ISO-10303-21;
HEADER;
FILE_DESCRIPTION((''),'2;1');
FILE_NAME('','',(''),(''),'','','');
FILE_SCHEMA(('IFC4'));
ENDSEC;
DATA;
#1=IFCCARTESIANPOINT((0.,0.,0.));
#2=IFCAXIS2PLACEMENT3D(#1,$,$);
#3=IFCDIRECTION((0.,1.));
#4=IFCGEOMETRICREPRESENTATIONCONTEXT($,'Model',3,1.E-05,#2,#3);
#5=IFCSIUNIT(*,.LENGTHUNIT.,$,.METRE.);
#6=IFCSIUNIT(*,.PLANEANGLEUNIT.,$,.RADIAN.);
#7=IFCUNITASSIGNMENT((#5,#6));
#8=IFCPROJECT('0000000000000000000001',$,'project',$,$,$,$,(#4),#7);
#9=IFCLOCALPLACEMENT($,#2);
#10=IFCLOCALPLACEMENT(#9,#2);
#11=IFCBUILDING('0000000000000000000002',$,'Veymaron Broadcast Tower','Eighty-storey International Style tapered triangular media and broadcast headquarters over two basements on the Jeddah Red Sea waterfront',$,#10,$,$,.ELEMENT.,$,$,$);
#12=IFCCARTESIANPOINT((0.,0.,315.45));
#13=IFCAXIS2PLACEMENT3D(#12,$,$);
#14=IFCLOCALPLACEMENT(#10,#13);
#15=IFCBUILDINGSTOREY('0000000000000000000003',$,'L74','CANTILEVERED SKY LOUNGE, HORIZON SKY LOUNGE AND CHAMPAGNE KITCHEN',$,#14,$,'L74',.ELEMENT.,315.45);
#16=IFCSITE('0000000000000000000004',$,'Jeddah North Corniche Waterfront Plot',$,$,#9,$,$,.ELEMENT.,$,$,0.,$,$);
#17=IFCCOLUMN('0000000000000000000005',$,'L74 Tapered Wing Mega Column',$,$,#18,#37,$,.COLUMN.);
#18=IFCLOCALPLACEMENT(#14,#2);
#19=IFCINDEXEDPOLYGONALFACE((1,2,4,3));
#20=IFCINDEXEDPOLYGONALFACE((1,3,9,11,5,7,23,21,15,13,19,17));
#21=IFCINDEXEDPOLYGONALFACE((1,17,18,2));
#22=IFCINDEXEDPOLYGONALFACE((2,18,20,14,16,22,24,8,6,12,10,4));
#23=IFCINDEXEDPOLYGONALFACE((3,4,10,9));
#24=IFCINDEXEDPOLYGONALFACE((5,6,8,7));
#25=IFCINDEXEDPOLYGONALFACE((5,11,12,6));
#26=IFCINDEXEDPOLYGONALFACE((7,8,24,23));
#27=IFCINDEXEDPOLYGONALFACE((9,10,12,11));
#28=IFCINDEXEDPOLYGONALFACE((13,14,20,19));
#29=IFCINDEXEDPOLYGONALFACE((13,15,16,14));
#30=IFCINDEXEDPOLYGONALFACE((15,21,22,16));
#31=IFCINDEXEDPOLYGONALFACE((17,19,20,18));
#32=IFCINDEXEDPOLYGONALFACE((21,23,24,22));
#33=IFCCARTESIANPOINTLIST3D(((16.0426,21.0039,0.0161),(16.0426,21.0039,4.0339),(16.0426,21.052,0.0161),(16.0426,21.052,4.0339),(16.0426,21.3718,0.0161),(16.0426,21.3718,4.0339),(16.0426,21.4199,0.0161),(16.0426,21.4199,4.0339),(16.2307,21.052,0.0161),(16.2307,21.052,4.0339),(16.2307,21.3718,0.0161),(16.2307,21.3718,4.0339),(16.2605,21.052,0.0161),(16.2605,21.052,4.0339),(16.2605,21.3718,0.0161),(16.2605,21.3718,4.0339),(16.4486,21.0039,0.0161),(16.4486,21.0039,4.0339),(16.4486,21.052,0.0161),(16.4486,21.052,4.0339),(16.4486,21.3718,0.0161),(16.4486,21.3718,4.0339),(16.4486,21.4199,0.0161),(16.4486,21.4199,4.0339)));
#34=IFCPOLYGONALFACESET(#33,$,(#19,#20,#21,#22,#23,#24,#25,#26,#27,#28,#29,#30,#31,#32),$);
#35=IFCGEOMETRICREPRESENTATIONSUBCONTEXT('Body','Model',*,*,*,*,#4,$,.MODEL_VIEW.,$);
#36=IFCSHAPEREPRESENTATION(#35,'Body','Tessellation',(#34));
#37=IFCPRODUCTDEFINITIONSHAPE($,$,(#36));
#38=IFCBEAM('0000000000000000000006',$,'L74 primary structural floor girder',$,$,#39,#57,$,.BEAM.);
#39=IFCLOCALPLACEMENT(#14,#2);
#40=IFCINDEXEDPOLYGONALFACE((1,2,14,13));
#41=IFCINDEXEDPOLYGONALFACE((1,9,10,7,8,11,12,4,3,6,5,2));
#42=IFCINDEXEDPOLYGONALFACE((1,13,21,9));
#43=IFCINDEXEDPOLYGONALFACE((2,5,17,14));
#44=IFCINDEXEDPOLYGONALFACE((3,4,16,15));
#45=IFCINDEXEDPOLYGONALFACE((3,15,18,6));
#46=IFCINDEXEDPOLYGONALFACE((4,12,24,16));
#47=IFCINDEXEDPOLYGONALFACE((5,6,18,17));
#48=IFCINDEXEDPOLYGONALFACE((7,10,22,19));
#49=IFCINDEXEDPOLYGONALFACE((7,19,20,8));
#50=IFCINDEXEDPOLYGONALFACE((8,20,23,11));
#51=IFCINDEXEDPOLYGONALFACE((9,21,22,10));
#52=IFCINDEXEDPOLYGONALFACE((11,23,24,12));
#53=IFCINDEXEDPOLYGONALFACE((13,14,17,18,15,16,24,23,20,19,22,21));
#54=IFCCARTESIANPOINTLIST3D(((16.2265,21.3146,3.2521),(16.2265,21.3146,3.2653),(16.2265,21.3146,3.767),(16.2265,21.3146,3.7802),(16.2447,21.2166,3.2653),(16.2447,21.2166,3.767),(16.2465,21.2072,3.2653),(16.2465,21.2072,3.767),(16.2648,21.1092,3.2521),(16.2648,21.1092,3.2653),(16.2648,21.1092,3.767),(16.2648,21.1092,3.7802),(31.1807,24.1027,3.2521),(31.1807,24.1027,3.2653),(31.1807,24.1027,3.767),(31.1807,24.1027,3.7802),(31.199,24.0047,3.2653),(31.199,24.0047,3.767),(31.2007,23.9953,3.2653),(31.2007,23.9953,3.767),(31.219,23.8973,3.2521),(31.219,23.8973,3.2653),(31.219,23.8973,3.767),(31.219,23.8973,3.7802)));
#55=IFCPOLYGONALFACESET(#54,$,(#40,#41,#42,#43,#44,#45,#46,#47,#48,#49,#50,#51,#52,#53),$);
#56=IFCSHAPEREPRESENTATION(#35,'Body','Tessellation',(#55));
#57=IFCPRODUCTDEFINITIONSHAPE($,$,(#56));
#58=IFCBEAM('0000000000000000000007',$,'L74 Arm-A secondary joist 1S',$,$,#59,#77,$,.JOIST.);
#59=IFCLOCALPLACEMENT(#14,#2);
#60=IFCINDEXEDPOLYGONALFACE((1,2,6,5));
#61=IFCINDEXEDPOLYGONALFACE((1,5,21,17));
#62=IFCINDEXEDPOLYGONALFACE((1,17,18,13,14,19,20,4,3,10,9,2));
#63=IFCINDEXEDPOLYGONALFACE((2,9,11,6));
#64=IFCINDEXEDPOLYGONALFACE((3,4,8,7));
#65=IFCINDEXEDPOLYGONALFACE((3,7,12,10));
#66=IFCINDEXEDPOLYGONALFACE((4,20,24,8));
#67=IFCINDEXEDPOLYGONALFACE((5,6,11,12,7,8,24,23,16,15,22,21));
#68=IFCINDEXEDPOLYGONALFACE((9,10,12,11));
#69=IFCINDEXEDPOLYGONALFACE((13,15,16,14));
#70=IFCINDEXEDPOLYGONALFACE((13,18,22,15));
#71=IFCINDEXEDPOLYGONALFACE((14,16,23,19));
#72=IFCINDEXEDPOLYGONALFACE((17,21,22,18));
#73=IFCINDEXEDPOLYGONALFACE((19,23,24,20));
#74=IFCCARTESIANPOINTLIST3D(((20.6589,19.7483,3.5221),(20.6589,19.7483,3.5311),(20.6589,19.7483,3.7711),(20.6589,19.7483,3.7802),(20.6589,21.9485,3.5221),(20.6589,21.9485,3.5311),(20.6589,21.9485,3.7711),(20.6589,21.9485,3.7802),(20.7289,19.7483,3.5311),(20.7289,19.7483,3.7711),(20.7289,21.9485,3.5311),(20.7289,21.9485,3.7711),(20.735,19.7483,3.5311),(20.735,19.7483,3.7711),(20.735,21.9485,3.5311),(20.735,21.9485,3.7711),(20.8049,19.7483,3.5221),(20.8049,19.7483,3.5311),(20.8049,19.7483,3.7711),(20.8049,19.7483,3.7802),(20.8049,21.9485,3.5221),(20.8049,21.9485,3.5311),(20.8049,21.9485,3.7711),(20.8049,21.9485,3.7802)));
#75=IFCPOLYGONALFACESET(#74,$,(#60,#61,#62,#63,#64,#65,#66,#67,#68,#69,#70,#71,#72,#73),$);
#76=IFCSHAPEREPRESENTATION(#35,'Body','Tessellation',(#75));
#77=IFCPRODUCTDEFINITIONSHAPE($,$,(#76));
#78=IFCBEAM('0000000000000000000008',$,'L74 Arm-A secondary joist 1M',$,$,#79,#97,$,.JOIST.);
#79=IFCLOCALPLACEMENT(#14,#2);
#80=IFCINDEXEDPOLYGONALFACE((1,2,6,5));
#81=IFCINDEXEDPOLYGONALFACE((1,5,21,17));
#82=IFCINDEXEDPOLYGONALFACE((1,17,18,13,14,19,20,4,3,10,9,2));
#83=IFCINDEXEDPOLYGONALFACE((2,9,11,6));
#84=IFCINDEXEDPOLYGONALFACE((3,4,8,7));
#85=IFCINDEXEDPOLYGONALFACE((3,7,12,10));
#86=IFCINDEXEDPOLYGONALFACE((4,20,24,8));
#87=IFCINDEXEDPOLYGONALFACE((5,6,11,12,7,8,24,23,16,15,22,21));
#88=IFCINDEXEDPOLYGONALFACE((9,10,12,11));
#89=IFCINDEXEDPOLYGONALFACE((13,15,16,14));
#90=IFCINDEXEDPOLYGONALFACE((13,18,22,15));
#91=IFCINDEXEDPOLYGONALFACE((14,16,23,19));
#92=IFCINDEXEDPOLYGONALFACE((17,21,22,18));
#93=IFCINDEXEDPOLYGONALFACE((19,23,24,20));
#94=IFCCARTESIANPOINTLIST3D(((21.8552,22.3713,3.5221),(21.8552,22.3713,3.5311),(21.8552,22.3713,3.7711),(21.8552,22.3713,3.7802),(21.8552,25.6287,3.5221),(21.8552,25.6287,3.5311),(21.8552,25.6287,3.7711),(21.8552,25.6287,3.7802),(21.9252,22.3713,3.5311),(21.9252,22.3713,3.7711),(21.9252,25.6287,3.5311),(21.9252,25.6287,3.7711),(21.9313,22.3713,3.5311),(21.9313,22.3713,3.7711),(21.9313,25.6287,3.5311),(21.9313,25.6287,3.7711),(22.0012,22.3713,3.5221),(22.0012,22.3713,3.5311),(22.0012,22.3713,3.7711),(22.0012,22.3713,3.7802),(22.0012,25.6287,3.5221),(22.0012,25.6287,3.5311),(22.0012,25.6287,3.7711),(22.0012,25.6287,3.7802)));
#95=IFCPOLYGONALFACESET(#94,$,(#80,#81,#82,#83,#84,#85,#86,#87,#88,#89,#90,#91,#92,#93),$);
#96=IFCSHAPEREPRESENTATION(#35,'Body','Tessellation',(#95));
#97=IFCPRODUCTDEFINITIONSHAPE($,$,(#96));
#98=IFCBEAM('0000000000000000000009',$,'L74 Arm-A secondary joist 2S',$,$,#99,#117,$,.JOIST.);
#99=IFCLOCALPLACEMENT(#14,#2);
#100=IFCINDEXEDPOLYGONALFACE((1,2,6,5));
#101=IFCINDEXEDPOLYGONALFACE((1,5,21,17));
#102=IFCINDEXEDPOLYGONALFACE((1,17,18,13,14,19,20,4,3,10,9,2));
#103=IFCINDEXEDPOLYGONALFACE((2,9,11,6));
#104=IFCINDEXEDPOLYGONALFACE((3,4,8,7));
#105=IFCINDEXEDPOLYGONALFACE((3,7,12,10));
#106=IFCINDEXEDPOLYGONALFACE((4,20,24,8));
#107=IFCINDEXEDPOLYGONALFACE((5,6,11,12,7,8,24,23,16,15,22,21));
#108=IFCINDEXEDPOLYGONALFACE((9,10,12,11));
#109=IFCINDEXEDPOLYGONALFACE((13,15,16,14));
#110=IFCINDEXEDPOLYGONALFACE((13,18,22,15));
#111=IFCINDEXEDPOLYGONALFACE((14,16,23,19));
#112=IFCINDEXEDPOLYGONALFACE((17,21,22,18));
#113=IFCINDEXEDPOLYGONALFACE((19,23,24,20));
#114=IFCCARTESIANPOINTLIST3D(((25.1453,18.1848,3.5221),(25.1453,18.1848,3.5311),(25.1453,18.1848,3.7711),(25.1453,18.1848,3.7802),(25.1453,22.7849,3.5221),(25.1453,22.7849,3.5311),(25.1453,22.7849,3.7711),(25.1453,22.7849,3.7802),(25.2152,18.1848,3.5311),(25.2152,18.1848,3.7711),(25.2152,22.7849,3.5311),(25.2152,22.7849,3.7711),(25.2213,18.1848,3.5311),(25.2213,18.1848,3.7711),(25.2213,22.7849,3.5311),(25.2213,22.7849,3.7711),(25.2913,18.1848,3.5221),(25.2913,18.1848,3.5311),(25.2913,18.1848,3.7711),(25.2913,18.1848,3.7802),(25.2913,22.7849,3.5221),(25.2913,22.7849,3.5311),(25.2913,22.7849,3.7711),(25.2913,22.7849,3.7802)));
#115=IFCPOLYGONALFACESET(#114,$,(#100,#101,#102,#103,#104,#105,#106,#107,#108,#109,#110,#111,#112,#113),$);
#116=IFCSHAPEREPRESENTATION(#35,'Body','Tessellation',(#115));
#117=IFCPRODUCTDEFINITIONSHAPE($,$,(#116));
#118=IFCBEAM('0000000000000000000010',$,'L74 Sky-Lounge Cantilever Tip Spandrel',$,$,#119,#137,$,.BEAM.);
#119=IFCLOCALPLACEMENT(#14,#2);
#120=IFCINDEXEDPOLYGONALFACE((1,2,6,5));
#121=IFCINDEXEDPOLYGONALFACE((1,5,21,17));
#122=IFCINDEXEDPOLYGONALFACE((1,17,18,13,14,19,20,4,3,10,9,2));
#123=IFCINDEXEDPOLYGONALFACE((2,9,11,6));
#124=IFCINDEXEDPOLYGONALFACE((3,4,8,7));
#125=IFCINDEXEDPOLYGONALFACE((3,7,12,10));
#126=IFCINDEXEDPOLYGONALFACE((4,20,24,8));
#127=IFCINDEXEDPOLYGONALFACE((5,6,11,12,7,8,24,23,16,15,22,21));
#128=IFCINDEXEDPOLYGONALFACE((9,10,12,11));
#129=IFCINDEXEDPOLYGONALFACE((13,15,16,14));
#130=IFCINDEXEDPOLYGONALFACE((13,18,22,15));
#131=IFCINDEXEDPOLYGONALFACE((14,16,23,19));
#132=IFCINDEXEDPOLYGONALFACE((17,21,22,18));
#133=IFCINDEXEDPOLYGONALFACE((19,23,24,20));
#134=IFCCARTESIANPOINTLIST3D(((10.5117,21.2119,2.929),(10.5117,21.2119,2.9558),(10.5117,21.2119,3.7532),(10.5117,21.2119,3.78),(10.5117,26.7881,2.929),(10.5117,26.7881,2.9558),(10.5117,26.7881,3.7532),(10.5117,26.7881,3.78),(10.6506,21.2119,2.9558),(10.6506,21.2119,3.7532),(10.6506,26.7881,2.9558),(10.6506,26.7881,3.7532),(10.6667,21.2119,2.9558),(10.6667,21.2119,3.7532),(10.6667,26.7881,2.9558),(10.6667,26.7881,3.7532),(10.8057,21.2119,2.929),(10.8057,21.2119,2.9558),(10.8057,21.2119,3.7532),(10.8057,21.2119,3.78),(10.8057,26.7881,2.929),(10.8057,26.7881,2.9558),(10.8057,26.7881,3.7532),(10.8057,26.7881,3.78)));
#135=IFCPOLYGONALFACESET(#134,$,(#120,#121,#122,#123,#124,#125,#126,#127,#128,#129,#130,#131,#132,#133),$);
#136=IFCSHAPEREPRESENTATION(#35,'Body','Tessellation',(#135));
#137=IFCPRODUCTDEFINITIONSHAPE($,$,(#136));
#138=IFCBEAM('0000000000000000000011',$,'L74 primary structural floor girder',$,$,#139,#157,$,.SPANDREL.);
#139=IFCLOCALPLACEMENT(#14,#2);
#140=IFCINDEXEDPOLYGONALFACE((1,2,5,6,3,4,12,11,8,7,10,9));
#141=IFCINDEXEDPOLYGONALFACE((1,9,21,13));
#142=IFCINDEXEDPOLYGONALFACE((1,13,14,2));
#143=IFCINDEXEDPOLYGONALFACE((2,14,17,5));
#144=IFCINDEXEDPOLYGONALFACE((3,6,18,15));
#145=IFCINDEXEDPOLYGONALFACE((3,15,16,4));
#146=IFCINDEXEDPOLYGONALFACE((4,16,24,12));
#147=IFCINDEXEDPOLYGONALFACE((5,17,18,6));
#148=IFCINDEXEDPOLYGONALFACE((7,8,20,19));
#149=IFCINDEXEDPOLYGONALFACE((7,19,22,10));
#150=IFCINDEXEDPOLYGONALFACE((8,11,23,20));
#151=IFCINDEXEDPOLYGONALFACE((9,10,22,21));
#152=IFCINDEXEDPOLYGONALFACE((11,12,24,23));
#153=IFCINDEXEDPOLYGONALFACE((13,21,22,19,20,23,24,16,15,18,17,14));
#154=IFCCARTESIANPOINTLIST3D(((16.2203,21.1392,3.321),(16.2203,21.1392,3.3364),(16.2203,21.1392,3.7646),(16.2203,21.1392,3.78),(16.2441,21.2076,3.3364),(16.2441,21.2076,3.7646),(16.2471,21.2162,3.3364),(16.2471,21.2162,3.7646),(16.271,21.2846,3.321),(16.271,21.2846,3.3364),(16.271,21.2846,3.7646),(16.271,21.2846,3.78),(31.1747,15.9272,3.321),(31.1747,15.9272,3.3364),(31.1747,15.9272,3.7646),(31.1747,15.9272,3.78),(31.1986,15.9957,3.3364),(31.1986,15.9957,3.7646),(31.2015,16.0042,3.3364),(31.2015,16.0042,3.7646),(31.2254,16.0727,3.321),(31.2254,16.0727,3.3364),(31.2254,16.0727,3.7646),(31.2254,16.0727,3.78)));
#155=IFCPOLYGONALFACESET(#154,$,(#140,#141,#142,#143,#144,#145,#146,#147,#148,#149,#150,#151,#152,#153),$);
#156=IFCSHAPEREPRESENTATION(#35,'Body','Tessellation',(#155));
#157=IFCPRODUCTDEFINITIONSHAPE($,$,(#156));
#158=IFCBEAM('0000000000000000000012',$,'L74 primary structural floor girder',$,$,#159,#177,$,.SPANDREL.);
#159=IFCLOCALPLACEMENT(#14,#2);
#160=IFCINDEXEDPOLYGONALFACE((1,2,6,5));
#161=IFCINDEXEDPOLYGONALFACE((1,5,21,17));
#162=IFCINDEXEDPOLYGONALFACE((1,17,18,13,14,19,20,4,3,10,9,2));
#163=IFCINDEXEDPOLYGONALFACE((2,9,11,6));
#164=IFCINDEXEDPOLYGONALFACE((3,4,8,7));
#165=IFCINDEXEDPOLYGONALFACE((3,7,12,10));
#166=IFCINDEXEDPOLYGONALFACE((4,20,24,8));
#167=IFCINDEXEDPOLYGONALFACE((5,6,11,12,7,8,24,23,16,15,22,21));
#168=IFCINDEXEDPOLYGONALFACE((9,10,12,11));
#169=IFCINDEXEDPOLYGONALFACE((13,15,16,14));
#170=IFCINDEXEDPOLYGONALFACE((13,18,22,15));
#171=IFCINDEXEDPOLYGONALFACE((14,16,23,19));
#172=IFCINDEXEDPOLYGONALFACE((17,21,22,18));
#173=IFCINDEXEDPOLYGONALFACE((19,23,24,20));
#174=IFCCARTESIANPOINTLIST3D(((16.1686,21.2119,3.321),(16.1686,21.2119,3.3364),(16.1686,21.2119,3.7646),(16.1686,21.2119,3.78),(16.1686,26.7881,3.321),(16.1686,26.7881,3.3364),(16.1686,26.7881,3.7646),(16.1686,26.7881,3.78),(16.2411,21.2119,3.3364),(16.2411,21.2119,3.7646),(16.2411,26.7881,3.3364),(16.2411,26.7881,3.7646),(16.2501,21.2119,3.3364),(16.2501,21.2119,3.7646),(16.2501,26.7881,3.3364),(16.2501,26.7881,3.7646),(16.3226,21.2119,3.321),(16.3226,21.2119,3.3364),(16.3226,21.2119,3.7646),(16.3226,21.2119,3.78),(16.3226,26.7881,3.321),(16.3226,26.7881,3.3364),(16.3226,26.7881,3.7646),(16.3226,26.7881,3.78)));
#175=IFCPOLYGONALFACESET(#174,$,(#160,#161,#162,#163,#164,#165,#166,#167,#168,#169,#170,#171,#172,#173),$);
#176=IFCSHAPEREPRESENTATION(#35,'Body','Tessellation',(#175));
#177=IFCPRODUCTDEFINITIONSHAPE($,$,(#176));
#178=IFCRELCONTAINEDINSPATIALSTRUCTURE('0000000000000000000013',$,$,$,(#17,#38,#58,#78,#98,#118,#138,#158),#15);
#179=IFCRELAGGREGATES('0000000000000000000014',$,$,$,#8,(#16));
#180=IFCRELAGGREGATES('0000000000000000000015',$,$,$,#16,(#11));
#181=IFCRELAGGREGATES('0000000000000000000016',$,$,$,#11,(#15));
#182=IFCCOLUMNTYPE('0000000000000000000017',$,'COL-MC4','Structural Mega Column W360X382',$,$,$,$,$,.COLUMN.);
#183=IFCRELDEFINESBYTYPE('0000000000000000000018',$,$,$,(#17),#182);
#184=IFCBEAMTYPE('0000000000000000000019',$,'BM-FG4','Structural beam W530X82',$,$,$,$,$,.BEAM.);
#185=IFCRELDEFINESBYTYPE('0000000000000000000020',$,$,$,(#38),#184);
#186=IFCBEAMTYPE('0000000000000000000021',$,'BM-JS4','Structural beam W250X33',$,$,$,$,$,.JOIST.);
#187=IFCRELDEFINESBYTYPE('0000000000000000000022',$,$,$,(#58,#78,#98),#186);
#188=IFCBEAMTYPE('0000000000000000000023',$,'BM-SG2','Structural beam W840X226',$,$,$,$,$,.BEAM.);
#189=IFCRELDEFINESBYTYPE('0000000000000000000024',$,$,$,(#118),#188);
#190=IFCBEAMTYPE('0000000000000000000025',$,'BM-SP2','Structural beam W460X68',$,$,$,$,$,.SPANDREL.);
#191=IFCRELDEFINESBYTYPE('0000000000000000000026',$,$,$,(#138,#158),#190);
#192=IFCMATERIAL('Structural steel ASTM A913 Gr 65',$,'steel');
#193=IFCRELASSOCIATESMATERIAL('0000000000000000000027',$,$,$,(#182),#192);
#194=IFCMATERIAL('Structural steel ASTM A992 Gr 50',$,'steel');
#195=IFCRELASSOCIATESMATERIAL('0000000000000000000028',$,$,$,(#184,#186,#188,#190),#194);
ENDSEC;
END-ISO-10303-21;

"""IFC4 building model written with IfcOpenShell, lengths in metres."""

from ifc_helpers import new_model, si_unit, direction, frame, origin, origin_2d, place, context, subcontext, project, spatial, i_section, extrude, material, material_profile, profile_set, type_object, element, save


model = new_model("IFC4")

# Units and contexts
model_context = context("Model", 3, precision=1e-05, world=origin(), true_north=direction((0.0, 1.0)))
body_context = subcontext(model_context, "Body", "Model", "MODEL_VIEW")
ifc_project = project(units=[si_unit("LENGTHUNIT", "METRE"), si_unit("PLANEANGLEUNIT", "RADIAN")], contexts=[model_context])

# Site, building, storey
site_placement = place(None, origin())
site = spatial("IfcSite", under=ifc_project, at=site_placement, Name="Jeddah North Corniche Waterfront Plot", CompositionType="ELEMENT", RefElevation=0.0)
building_placement = place(site_placement, origin())
building = spatial("IfcBuilding", under=site, at=building_placement, Name="Veymaron Broadcast Tower", Description="Eighty-storey International Style tapered triangular media and broadcast headquarters over two basements on the Jeddah Red Sea waterfront", CompositionType="ELEMENT")
storey_placement = place(building_placement, frame((0.0, 0.0, 315.45)))
storey = spatial("IfcBuildingStorey", under=building, at=storey_placement, Name="L74", Description="CANTILEVERED SKY LOUNGE, HORIZON SKY LOUNGE AND CHAMPAGNE KITCHEN", LongName="L74", CompositionType="ELEMENT", Elevation=315.45)

# Column
ifc_material_1 = material(Name="Structural steel ASTM A913 Gr 65", Category="steel")
ifc_material_profile_1 = material_profile(ifc_material_1, i_section(OverallWidth=0.406, OverallDepth=0.416, WebThickness=0.0298, FlangeThickness=0.0481, at=origin_2d()), Name="W360X382")
ifc_profile_set_1 = profile_set([ifc_material_profile_1], Name="Structural steel ASTM A913 Gr 65")
column_type = type_object("IfcColumnType", Name="COL-MC4", Description="Structural Mega Column W360X382", PredefinedType="COLUMN", material=ifc_profile_set_1)
column_placement = place(storey_placement, frame((16.2456, 21.2119, 0.0161), z_axis=(0.0, 0.0, 1.0), x_axis=(1.0, 0.0, 0.0)))
element("IfcColumn", 1, at=column_placement, inside=storey, type_object=column_type, Name="L74 Tapered Wing Mega Column", PredefinedType="COLUMN", context=body_context, shape_type="SweptSolid", body=[
    extrude(i_section(OverallWidth=0.406, OverallDepth=0.416, WebThickness=0.0298, FlangeThickness=0.0481, at=origin_2d()), origin(), (0.0, 0.0, 1.0), 4.0178),
])

# Beams
ifc_material_2 = material(Name="Structural steel ASTM A992 Gr 50", Category="steel")
ifc_material_profile_2 = material_profile(ifc_material_2, i_section(OverallWidth=0.209, OverallDepth=0.5281, WebThickness=0.0095, FlangeThickness=0.0132, at=origin_2d()), Name="W530X82")
ifc_profile_set_2 = profile_set([ifc_material_profile_2], Name="Structural steel ASTM A992 Gr 50")
beam_type_1 = type_object("IfcBeamType", Name="BM-FG4", Description="Structural beam W530X82", PredefinedType="BEAM", material=ifc_profile_set_2)
beam_1_placement = place(storey_placement, frame((16.2456, 21.2119, 3.5161), z_axis=(0.98306, 0.183282, 0.0), x_axis=(-0.183282, 0.98306, 0.0)))
element("IfcBeam", 2, at=beam_1_placement, inside=storey, type_object=beam_type_1, Name="L74 primary structural floor girder", PredefinedType="BEAM", context=body_context, shape_type="SweptSolid", body=[
    extrude(i_section(OverallWidth=0.209, OverallDepth=0.5281, WebThickness=0.0095, FlangeThickness=0.0132, at=origin_2d()), origin(), (0.0, 0.0, 1.0), 15.2119),
])
ifc_material_profile_3 = material_profile(ifc_material_2, i_section(OverallWidth=0.146, OverallDepth=0.2581, WebThickness=0.0061, FlangeThickness=0.009, at=origin_2d()), Name="W250X33")
ifc_profile_set_3 = profile_set([ifc_material_profile_3], Name="Structural steel ASTM A992 Gr 50")
beam_type_2 = type_object("IfcBeamType", Name="BM-JS4", Description="Structural beam W250X33", PredefinedType="JOIST", material=ifc_profile_set_3)
beam_2_placement = place(storey_placement, frame((20.7319, 19.7483, 3.6511), z_axis=(0.0, 1.0, 0.0), x_axis=(-1.0, 0.0, 0.0)))
element("IfcBeam", 3, at=beam_2_placement, inside=storey, type_object=beam_type_2, Name="L74 Arm-A secondary joist 1S", PredefinedType="JOIST", context=body_context, shape_type="SweptSolid", body=[
    extrude(i_section(OverallWidth=0.146, OverallDepth=0.2581, WebThickness=0.0061, FlangeThickness=0.009, at=origin_2d()), origin(), (0.0, 0.0, 1.0), 2.2002),
])
beam_3_placement = place(storey_placement, frame((21.9282, 22.3713, 3.6511), z_axis=(0.0, 1.0, 0.0), x_axis=(-1.0, 0.0, 0.0)))
element("IfcBeam", 4, at=beam_3_placement, inside=storey, type_object=beam_type_2, Name="L74 Arm-A secondary joist 1M", PredefinedType="JOIST", context=body_context, shape_type="SweptSolid", body=[
    extrude(i_section(OverallWidth=0.146, OverallDepth=0.2581, WebThickness=0.0061, FlangeThickness=0.009, at=origin_2d()), origin(), (0.0, 0.0, 1.0), 3.2573),
])
beam_4_placement = place(storey_placement, frame((25.2183, 18.1848, 3.6511), z_axis=(0.0, 1.0, 0.0), x_axis=(-1.0, 0.0, 0.0)))
element("IfcBeam", 5, at=beam_4_placement, inside=storey, type_object=beam_type_2, Name="L74 Arm-A secondary joist 2S", PredefinedType="JOIST", context=body_context, shape_type="SweptSolid", body=[
    extrude(i_section(OverallWidth=0.146, OverallDepth=0.2581, WebThickness=0.0061, FlangeThickness=0.009, at=origin_2d()), origin(), (0.0, 0.0, 1.0), 4.6001),
])
ifc_material_profile_4 = material_profile(ifc_material_2, i_section(OverallWidth=0.2939, OverallDepth=0.8511, WebThickness=0.0161, FlangeThickness=0.0269, at=origin_2d()), Name="W840X226")
ifc_profile_set_4 = profile_set([ifc_material_profile_4], Name="Structural steel ASTM A992 Gr 50")
beam_type_3 = type_object("IfcBeamType", Name="BM-SG2", Description="Structural beam W840X226", PredefinedType="BEAM", material=ifc_profile_set_4)
beam_5_placement = place(storey_placement, frame((10.6587, 21.2119, 3.3545), z_axis=(0.0, 1.0, 0.0), x_axis=(-1.0, 0.0, 0.0)))
element("IfcBeam", 6, at=beam_5_placement, inside=storey, type_object=beam_type_3, Name="L74 Sky-Lounge Cantilever Tip Spandrel", PredefinedType="BEAM", context=body_context, shape_type="SweptSolid", body=[
    extrude(i_section(OverallWidth=0.2939, OverallDepth=0.8511, WebThickness=0.0161, FlangeThickness=0.0269, at=origin_2d()), origin(), (0.0, 0.0, 1.0), 5.5762),
])
ifc_material_profile_5 = material_profile(ifc_material_2, i_section(OverallWidth=0.1541, OverallDepth=0.459, WebThickness=0.009, FlangeThickness=0.0154, at=origin_2d()), Name="W460X68")
ifc_profile_set_5 = profile_set([ifc_material_profile_5], Name="Structural steel ASTM A992 Gr 50")
beam_type_4 = type_object("IfcBeamType", Name="BM-SP2", Description="Structural beam W460X68", PredefinedType="SPANDREL", material=ifc_profile_set_5)
beam_6_placement = place(storey_placement, frame((16.2456, 21.2119, 3.5505), z_axis=(0.944293, -0.329107, 0.0), x_axis=(0.329107, 0.944293, 0.0)))
element("IfcBeam", 7, at=beam_6_placement, inside=storey, type_object=beam_type_4, Name="L74 primary structural floor girder", PredefinedType="SPANDREL", context=body_context, shape_type="SweptSolid", body=[
    extrude(i_section(OverallWidth=0.1541, OverallDepth=0.459, WebThickness=0.009, FlangeThickness=0.0154, at=origin_2d()), origin(), (0.0, 0.0, 1.0), 15.8367),
])
beam_7_placement = place(storey_placement, frame((16.2456, 21.2119, 3.5505), z_axis=(0.0, 1.0, 0.0), x_axis=(-1.0, 0.0, 0.0)))
element("IfcBeam", 8, at=beam_7_placement, inside=storey, type_object=beam_type_4, Name="L74 primary structural floor girder", PredefinedType="SPANDREL", context=body_context, shape_type="SweptSolid", body=[
    extrude(i_section(OverallWidth=0.1541, OverallDepth=0.459, WebThickness=0.009, FlangeThickness=0.0154, at=origin_2d()), origin(), (0.0, 0.0, 1.0), 5.5762),
])

save(model, "model.ifc")
